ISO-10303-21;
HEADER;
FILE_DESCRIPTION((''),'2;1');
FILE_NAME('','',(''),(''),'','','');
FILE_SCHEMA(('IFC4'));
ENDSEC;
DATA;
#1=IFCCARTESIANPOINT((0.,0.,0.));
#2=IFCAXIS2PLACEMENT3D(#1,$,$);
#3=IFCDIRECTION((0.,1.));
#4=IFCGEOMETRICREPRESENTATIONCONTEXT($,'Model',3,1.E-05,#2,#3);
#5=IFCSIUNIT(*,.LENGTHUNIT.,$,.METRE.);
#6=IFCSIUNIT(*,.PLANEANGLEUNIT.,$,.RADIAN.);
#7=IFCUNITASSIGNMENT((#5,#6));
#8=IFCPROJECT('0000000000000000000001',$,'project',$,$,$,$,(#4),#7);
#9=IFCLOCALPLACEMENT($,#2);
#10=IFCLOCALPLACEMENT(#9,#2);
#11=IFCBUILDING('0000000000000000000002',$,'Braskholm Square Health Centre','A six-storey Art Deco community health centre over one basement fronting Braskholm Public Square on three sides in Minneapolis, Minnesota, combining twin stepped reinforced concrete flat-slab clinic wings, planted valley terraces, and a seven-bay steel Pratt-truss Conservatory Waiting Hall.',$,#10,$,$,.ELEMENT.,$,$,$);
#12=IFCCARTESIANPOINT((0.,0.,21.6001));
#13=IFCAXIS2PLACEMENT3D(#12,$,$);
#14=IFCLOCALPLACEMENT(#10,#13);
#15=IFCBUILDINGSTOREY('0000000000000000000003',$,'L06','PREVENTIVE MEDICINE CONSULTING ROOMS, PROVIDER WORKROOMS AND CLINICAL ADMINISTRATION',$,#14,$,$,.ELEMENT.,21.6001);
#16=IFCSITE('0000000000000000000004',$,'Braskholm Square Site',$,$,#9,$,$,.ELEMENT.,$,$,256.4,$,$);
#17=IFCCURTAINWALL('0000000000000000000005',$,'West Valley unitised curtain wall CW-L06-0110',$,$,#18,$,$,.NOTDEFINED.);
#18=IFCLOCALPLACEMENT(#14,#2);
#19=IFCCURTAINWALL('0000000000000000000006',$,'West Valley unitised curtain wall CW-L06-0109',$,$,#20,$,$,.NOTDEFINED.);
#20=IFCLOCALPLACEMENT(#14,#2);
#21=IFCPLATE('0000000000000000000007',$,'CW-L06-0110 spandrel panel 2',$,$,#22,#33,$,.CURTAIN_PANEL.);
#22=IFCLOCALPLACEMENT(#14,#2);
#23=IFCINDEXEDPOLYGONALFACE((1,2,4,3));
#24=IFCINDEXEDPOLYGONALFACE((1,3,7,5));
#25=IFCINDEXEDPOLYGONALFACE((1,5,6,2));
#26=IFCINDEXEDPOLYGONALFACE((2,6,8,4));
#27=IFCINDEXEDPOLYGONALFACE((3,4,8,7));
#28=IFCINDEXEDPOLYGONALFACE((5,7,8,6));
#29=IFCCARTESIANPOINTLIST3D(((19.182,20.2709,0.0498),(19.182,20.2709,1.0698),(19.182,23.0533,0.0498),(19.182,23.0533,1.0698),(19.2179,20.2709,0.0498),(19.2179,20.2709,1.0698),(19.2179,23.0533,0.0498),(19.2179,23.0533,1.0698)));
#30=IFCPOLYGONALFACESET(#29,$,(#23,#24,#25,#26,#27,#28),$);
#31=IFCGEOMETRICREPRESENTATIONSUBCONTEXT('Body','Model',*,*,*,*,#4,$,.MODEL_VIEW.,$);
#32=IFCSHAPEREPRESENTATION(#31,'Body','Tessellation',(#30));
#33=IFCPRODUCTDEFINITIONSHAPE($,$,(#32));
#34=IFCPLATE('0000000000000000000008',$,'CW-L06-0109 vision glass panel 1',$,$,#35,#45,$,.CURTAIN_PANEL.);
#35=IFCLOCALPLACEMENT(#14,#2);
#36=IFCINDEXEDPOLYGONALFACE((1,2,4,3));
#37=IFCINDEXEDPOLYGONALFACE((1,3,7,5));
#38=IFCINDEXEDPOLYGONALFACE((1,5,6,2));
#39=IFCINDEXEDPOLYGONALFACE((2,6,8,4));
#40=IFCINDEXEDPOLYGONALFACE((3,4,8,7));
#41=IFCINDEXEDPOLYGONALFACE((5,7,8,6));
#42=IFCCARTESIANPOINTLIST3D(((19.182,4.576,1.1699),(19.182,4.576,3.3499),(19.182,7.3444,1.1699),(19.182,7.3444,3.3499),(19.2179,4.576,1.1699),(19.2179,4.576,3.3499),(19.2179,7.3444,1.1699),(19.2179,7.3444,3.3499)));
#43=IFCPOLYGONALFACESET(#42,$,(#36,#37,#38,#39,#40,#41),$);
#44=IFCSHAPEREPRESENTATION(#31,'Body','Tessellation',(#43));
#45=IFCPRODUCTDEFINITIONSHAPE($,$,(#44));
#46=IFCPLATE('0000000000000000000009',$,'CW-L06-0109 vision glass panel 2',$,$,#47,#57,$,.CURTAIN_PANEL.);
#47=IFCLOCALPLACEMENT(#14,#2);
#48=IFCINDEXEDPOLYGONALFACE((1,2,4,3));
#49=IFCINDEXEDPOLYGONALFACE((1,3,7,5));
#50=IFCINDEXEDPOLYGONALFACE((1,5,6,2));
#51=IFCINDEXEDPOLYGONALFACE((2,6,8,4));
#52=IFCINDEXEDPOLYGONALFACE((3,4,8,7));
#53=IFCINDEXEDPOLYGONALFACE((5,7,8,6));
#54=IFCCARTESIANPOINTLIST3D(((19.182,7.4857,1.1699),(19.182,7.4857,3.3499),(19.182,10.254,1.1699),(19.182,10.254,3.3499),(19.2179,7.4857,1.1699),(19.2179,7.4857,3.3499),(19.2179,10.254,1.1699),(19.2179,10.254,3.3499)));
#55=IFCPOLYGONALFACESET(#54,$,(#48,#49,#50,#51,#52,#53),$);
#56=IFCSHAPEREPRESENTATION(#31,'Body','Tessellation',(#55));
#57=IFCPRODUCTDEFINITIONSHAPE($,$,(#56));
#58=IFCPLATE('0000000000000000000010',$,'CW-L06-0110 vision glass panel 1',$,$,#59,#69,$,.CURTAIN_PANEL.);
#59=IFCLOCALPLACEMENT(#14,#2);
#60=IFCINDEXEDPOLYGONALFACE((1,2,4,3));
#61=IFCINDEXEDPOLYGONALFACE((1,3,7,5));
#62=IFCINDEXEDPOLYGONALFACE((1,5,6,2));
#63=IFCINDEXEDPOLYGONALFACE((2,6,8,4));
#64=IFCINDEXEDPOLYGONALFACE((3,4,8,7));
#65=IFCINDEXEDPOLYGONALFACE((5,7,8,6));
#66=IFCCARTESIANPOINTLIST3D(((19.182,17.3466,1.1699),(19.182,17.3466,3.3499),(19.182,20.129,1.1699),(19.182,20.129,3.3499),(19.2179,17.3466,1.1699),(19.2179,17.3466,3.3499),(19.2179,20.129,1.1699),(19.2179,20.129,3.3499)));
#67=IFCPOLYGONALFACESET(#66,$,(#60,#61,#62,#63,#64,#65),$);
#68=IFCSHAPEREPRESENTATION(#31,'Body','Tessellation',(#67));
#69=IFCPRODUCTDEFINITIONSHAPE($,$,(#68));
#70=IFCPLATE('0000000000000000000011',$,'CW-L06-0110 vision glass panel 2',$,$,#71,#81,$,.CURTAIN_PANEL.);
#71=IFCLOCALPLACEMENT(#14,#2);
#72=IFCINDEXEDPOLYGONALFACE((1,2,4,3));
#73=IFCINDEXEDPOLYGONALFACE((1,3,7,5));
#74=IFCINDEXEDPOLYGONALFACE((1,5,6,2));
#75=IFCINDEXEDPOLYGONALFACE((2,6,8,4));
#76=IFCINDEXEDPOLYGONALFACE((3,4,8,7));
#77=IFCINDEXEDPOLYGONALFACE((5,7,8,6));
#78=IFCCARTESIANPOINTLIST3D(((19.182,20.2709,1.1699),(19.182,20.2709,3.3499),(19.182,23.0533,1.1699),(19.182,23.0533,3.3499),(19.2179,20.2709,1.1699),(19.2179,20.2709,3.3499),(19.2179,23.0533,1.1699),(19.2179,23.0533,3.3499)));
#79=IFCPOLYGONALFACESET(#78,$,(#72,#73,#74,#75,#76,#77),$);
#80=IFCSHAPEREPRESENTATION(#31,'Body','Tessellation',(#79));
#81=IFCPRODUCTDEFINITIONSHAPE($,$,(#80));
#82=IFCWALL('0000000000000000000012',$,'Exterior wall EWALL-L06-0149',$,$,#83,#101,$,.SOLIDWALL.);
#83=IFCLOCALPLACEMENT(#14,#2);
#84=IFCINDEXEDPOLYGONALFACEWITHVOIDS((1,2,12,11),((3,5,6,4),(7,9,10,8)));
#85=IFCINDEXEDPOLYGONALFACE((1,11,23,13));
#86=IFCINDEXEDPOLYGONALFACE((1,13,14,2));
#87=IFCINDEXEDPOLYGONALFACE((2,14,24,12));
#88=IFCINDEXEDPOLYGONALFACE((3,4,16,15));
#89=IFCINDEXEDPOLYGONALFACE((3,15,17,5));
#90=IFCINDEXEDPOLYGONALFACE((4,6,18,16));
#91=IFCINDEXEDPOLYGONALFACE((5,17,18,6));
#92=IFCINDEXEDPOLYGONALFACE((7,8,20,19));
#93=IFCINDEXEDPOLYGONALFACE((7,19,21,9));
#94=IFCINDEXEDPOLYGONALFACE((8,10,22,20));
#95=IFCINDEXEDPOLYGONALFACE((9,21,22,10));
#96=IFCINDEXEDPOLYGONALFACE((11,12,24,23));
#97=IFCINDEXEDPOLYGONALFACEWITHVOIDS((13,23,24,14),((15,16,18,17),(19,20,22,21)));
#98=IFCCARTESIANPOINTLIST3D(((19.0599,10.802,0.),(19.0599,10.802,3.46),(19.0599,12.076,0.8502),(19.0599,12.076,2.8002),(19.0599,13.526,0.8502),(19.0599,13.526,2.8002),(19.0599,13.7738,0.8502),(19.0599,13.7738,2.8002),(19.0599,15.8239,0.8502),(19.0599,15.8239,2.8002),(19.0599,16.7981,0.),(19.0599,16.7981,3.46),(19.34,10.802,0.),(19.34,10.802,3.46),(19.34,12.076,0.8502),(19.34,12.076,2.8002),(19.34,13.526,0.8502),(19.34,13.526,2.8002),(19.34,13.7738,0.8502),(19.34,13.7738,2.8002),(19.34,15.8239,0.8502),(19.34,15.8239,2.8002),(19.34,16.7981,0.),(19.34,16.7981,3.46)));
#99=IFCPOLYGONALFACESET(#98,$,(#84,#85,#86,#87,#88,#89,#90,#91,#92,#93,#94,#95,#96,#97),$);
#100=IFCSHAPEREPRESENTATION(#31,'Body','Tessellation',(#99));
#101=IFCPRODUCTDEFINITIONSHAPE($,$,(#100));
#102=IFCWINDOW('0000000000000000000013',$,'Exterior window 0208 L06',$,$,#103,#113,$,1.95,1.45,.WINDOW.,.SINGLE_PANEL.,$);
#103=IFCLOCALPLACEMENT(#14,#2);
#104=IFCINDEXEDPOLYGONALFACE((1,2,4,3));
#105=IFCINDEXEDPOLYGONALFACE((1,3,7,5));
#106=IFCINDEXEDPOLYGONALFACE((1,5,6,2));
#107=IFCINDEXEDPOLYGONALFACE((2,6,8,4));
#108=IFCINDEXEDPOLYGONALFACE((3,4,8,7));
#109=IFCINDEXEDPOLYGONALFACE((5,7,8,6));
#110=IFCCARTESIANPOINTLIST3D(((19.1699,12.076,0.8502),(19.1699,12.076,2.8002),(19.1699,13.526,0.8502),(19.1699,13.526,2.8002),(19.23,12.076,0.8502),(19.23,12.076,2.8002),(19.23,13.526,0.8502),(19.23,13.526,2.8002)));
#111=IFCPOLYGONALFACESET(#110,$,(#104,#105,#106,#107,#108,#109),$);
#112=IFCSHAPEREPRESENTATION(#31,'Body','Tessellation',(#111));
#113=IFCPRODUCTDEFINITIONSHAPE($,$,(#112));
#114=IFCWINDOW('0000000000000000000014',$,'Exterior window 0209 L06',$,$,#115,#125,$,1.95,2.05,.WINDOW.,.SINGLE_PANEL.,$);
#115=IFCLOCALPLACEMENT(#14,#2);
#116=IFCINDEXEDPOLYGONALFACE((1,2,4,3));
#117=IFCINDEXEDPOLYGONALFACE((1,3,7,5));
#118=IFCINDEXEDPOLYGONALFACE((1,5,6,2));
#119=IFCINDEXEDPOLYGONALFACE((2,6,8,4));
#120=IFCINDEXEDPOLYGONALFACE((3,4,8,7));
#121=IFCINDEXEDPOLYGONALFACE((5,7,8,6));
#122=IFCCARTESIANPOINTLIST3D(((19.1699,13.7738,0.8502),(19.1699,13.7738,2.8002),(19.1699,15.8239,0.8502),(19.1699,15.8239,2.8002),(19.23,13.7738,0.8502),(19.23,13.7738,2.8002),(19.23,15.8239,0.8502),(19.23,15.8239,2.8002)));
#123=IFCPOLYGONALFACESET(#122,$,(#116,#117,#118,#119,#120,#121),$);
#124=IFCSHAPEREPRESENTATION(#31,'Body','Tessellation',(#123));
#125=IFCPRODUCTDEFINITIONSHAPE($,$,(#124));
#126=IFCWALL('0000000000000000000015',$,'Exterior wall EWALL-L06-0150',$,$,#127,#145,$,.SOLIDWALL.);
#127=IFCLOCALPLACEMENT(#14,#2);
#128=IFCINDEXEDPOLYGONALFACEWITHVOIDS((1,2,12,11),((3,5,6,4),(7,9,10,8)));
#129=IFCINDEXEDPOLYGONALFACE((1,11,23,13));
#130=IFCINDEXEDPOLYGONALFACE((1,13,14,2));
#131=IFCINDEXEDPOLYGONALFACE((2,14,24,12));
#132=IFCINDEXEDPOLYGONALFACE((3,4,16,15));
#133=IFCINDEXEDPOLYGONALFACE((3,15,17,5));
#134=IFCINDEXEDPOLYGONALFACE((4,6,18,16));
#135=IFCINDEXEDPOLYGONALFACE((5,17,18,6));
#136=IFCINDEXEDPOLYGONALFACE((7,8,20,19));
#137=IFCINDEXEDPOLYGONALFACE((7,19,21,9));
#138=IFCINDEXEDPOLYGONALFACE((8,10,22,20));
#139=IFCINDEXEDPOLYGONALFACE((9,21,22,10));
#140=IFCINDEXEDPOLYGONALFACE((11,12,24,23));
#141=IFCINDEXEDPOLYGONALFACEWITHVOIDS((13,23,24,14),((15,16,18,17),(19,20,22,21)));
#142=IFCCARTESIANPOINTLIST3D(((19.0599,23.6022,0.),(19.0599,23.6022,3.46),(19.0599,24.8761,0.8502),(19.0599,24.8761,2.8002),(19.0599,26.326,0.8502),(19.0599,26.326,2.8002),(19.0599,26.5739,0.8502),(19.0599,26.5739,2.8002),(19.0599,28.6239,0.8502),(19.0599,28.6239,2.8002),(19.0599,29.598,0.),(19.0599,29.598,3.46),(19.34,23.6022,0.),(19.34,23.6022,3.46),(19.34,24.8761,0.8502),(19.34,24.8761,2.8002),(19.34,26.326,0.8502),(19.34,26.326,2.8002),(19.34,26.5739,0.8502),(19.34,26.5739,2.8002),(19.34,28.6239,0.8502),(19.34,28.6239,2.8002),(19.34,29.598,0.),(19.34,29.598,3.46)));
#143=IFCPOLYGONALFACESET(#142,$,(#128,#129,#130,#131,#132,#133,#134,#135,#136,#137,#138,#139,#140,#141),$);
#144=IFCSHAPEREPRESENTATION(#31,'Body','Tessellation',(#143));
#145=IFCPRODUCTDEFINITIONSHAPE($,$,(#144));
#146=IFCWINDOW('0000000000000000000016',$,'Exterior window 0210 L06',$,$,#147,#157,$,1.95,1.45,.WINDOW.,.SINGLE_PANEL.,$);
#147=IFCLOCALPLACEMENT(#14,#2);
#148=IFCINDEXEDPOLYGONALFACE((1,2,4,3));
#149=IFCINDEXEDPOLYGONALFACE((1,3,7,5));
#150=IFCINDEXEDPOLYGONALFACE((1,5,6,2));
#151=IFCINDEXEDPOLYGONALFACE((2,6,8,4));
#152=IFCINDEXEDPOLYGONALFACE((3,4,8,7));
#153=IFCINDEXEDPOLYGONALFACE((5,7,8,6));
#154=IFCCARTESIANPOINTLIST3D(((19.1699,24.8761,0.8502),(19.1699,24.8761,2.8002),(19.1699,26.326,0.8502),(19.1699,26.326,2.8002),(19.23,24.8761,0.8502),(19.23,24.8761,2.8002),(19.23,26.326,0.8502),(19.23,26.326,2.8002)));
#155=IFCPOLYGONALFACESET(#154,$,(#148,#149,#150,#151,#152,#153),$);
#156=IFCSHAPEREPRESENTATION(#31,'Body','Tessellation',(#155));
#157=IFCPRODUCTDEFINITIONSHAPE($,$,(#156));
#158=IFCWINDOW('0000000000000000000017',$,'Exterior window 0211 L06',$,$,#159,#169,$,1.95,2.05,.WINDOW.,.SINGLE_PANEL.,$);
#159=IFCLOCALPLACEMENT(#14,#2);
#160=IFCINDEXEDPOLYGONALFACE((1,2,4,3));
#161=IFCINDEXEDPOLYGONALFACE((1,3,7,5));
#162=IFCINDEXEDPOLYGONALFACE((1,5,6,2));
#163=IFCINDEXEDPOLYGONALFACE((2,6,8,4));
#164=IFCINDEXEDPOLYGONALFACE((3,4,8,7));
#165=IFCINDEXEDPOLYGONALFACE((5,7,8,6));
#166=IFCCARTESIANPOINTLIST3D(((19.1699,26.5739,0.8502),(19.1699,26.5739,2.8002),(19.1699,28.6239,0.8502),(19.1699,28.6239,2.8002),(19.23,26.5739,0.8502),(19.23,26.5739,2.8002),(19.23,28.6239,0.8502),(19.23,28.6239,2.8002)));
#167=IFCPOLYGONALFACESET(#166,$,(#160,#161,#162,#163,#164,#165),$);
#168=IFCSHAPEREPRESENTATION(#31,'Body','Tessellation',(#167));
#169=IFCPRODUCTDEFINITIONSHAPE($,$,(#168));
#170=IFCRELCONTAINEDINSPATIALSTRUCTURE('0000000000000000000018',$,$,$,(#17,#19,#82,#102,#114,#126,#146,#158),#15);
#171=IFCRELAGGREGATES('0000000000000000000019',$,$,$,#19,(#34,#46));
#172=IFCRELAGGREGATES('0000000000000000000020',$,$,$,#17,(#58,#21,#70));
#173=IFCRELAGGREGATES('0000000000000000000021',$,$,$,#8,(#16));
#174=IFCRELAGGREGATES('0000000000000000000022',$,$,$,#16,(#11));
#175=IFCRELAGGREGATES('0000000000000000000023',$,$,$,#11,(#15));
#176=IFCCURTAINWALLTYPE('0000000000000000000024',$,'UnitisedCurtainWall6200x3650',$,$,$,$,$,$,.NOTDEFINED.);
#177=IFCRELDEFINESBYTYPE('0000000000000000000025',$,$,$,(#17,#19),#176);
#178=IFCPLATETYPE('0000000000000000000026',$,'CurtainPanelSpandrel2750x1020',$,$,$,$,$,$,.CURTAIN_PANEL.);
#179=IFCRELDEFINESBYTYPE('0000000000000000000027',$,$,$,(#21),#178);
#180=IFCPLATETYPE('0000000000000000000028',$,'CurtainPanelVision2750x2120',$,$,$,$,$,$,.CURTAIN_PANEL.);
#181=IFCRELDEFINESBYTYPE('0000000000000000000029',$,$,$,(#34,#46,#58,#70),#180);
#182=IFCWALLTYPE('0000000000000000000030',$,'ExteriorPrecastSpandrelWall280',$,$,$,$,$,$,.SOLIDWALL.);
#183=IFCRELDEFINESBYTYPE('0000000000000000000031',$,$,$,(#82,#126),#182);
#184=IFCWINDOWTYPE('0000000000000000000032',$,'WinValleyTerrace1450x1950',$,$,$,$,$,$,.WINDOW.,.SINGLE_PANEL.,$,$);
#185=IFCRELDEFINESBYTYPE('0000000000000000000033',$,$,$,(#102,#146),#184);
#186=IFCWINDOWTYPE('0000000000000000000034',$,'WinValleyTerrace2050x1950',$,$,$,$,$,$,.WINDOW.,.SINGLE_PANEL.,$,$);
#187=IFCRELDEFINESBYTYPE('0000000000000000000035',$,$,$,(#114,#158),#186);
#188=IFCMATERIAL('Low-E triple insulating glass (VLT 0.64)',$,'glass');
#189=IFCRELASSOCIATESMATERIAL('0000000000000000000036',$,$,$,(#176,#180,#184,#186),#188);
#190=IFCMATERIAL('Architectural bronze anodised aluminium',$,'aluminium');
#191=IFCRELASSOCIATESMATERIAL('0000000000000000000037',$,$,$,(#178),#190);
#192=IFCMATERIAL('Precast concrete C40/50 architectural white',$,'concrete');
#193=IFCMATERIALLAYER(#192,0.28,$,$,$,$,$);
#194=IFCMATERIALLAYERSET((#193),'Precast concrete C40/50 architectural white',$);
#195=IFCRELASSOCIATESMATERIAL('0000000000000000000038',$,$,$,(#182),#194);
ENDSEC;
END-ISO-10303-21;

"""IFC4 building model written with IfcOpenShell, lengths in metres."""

from ifc_helpers import new_model, si_unit, direction, frame, frame_2d, origin, origin_with_axes, origin_2d, place, context, subcontext, project, spatial, rectangle, extrude, material, layer, layer_set, type_object, element, fill, aggregate, save


model = new_model("IFC4")

# Units and contexts
model_context = context("Model", 3, precision=1e-05, world=origin(), true_north=direction((0.0, 1.0)))
body_context = subcontext(model_context, "Body", "Model", "MODEL_VIEW")
ifc_project = project(units=[si_unit("LENGTHUNIT", "METRE"), si_unit("PLANEANGLEUNIT", "RADIAN")], contexts=[model_context])

# Site, building, storey
site_placement = place(None, origin())
site = spatial("IfcSite", under=ifc_project, at=site_placement, Name="Braskholm Square Site", CompositionType="ELEMENT", RefElevation=256.4)
building_placement = place(site_placement, origin())
building = spatial("IfcBuilding", under=site, at=building_placement, Name="Braskholm Square Health Centre", Description="A six-storey Art Deco community health centre over one basement fronting Braskholm Public Square on three sides in Minneapolis, Minnesota, combining twin stepped reinforced concrete flat-slab clinic wings, planted valley terraces, and a seven-bay steel Pratt-truss Conservatory Waiting Hall.", CompositionType="ELEMENT")
storey_placement = place(building_placement, frame((0.0, 0.0, 21.6001)))
storey = spatial("IfcBuildingStorey", under=building, at=storey_placement, Name="L06", Description="PREVENTIVE MEDICINE CONSULTING ROOMS, PROVIDER WORKROOMS AND CLINICAL ADMINISTRATION", CompositionType="ELEMENT", Elevation=21.6001)

# Curtain walls
ifc_material_1 = material(Name="Low-E triple insulating glass (VLT 0.64)", Category="glass")
curtain_wall_type = type_object("IfcCurtainWallType", Name="UnitisedCurtainWall6200x3650", PredefinedType="NOTDEFINED", material=ifc_material_1)
curtain_wall_1_placement = place(storey_placement, origin())
curtain_wall_1 = element("IfcCurtainWall", 1, at=curtain_wall_1_placement, inside=storey, type_object=curtain_wall_type, Name="West Valley unitised curtain wall CW-L06-0110", PredefinedType="NOTDEFINED")
ifc_material_2 = material(Name="Architectural bronze anodised aluminium", Category="aluminium")
curtain_wall_2_placement = place(storey_placement, origin())
curtain_wall_2 = element("IfcCurtainWall", 2, at=curtain_wall_2_placement, inside=storey, type_object=curtain_wall_type, Name="West Valley unitised curtain wall CW-L06-0109", PredefinedType="NOTDEFINED")

# Plates
plate_type_1 = type_object("IfcPlateType", Name="CurtainPanelSpandrel2750x1020", PredefinedType="CURTAIN_PANEL", material=ifc_material_2)
plate_1_placement = place(storey_placement, frame((19.2, 21.6621, 0.0498), z_axis=(0.0, 0.0, 1.0), x_axis=(0.0, 1.0, 0.0)))
plate_1 = element("IfcPlate", 3, at=plate_1_placement, type_object=plate_type_1, Name="CW-L06-0110 spandrel panel 2", PredefinedType="CURTAIN_PANEL", context=body_context, shape_type="SweptSolid", body=[
    extrude(rectangle(XDim=2.7825, YDim=0.0359, at=origin_2d()), origin(), (0.0, 0.0, 1.0), 1.02),
])
plate_type_2 = type_object("IfcPlateType", Name="CurtainPanelVision2750x2120", PredefinedType="CURTAIN_PANEL", material=ifc_material_1)
plate_2_placement = place(storey_placement, frame((19.2, 5.9602, 1.1699), z_axis=(0.0, 0.0, 1.0), x_axis=(0.0, 1.0, 0.0)))
plate_2 = element("IfcPlate", 4, at=plate_2_placement, type_object=plate_type_2, Name="CW-L06-0109 vision glass panel 1", PredefinedType="CURTAIN_PANEL", context=body_context, shape_type="SweptSolid", body=[
    extrude(rectangle(XDim=2.7683, YDim=0.0359, at=origin_2d()), origin(), (0.0, 0.0, 1.0), 2.1799),
])
plate_3_placement = place(storey_placement, frame((19.2, 8.8699, 1.1699), z_axis=(0.0, 0.0, 1.0), x_axis=(0.0, 1.0, 0.0)))
plate_3 = element("IfcPlate", 5, at=plate_3_placement, type_object=plate_type_2, Name="CW-L06-0109 vision glass panel 2", PredefinedType="CURTAIN_PANEL", context=body_context, shape_type="SweptSolid", body=[
    extrude(rectangle(XDim=2.7683, YDim=0.0359, at=origin_2d()), origin(), (0.0, 0.0, 1.0), 2.1799),
])
aggregate(curtain_wall_2, [plate_2, plate_3])
plate_4_placement = place(storey_placement, frame((19.2, 18.7378, 1.1699), z_axis=(0.0, 0.0, 1.0), x_axis=(0.0, 1.0, 0.0)))
plate_4 = element("IfcPlate", 6, at=plate_4_placement, type_object=plate_type_2, Name="CW-L06-0110 vision glass panel 1", PredefinedType="CURTAIN_PANEL", context=body_context, shape_type="SweptSolid", body=[
    extrude(rectangle(XDim=2.7825, YDim=0.0359, at=origin_2d()), origin(), (0.0, 0.0, 1.0), 2.1799),
])
plate_5_placement = place(storey_placement, frame((19.2, 21.6621, 1.1699), z_axis=(0.0, 0.0, 1.0), x_axis=(0.0, 1.0, 0.0)))
plate_5 = element("IfcPlate", 7, at=plate_5_placement, type_object=plate_type_2, Name="CW-L06-0110 vision glass panel 2", PredefinedType="CURTAIN_PANEL", context=body_context, shape_type="SweptSolid", body=[
    extrude(rectangle(XDim=2.7825, YDim=0.0359, at=origin_2d()), origin(), (0.0, 0.0, 1.0), 2.1799),
])
aggregate(curtain_wall_1, [plate_4, plate_1, plate_5])

# Walls, openings, windows
ifc_material_3 = material(Name="Precast concrete C40/50 architectural white", Category="concrete")
ifc_layer_1 = layer(ifc_material_3, 0.28)
ifc_layer_set_1 = layer_set([ifc_layer_1], Name="Precast concrete C40/50 architectural white")
wall_type = type_object("IfcWallType", Name="ExteriorPrecastSpandrelWall280", PredefinedType="SOLIDWALL", material=ifc_layer_set_1)
wall_1_placement = place(storey_placement, frame((19.2, 10.802, 0.0), z_axis=(0.0, 0.0, 1.0), x_axis=(0.0, 1.0, 0.0)))
wall_1 = element("IfcWall", 8, at=wall_1_placement, inside=storey, type_object=wall_type, Name="Exterior wall EWALL-L06-0149", PredefinedType="SOLIDWALL", context=body_context, shape_type="SweptSolid", body=[
    extrude(rectangle(XDim=5.9961, YDim=0.28, at=frame_2d((2.998, 0.0))), origin(), (0.0, 0.0, 1.0), 3.46),
])
opening_1_placement = place(wall_1_placement, frame((1.2739, 0.0, 0.8501)))
opening_1 = element("IfcOpeningElement", 9, at=opening_1_placement, cuts=wall_1, PredefinedType="OPENING", context=body_context, shape_type="SweptSolid", body=[
    extrude(rectangle(XDim=1.45, YDim=1.95, at=frame_2d((0.7251, 0.9751))), frame((0.0, 0.1499, 0.0), z_axis=(0.0, -1.0, 0.0), x_axis=(1.0, 0.0, 0.0)), (0.0, 0.0, 1.0), 0.3),
])
opening_2_placement = place(wall_1_placement, frame((2.9719, 0.0, 0.8501)))
opening_2 = element("IfcOpeningElement", 10, at=opening_2_placement, cuts=wall_1, PredefinedType="OPENING", context=body_context, shape_type="SweptSolid", body=[
    extrude(rectangle(XDim=2.05, YDim=1.95, at=frame_2d((1.0249, 0.9751))), frame((0.0, 0.1499, 0.0), z_axis=(0.0, -1.0, 0.0), x_axis=(1.0, 0.0, 0.0)), (0.0, 0.0, 1.0), 0.3),
])
window_type_1 = type_object("IfcWindowType", Name="WinValleyTerrace1450x1950", PartitioningType="SINGLE_PANEL", PredefinedType="WINDOW", material=ifc_material_1)
window_1_placement = place(opening_1_placement, origin_with_axes())
window_1 = element("IfcWindow", 11, at=window_1_placement, inside=storey, type_object=window_type_1, Name="Exterior window 0208 L06", OverallHeight=1.95, OverallWidth=1.45, PartitioningType="SINGLE_PANEL", PredefinedType="WINDOW", context=body_context, shape_type="SweptSolid", body=[
    extrude(rectangle(XDim=1.45, YDim=1.95, at=frame_2d((0.7251, 0.9751))), frame((0.0, 0.03, 0.0), z_axis=(0.0, -1.0, 0.0), x_axis=(1.0, 0.0, 0.0)), (0.0, 0.0, 1.0), 0.0601),
])
fill(opening_1, window_1)
window_type_2 = type_object("IfcWindowType", Name="WinValleyTerrace2050x1950", PartitioningType="SINGLE_PANEL", PredefinedType="WINDOW", material=ifc_material_1)
window_2_placement = place(opening_2_placement, origin_with_axes())
window_2 = element("IfcWindow", 12, at=window_2_placement, inside=storey, type_object=window_type_2, Name="Exterior window 0209 L06", OverallHeight=1.95, OverallWidth=2.05, PartitioningType="SINGLE_PANEL", PredefinedType="WINDOW", context=body_context, shape_type="SweptSolid", body=[
    extrude(rectangle(XDim=2.05, YDim=1.95, at=frame_2d((1.0249, 0.9751))), frame((0.0, 0.03, 0.0), z_axis=(0.0, -1.0, 0.0), x_axis=(1.0, 0.0, 0.0)), (0.0, 0.0, 1.0), 0.0601),
])
fill(opening_2, window_2)
wall_2_placement = place(storey_placement, frame((19.2, 23.6021, 0.0), z_axis=(0.0, 0.0, 1.0), x_axis=(0.0, 1.0, 0.0)))
wall_2 = element("IfcWall", 13, at=wall_2_placement, inside=storey, type_object=wall_type, Name="Exterior wall EWALL-L06-0150", PredefinedType="SOLIDWALL", context=body_context, shape_type="SweptSolid", body=[
    extrude(rectangle(XDim=5.9958, YDim=0.28, at=frame_2d((2.998, 0.0))), origin(), (0.0, 0.0, 1.0), 3.46),
])
opening_3_placement = place(wall_2_placement, frame((1.2739, 0.0, 0.8501)))
opening_3 = element("IfcOpeningElement", 14, at=opening_3_placement, cuts=wall_2, PredefinedType="OPENING", context=body_context, shape_type="SweptSolid", body=[
    extrude(rectangle(XDim=1.45, YDim=1.95, at=frame_2d((0.7251, 0.9751))), frame((0.0, 0.1499, 0.0), z_axis=(0.0, -1.0, 0.0), x_axis=(1.0, 0.0, 0.0)), (0.0, 0.0, 1.0), 0.3),
])
opening_4_placement = place(wall_2_placement, frame((2.9719, 0.0, 0.8501)))
opening_4 = element("IfcOpeningElement", 15, at=opening_4_placement, cuts=wall_2, PredefinedType="OPENING", context=body_context, shape_type="SweptSolid", body=[
    extrude(rectangle(XDim=2.05, YDim=1.95, at=frame_2d((1.0249, 0.9751))), frame((0.0, 0.1499, 0.0), z_axis=(0.0, -1.0, 0.0), x_axis=(1.0, 0.0, 0.0)), (0.0, 0.0, 1.0), 0.3),
])
window_3_placement = place(opening_3_placement, origin_with_axes())
window_3 = element("IfcWindow", 16, at=window_3_placement, inside=storey, type_object=window_type_1, Name="Exterior window 0210 L06", OverallHeight=1.95, OverallWidth=1.45, PartitioningType="SINGLE_PANEL", PredefinedType="WINDOW", context=body_context, shape_type="SweptSolid", body=[
    extrude(rectangle(XDim=1.45, YDim=1.95, at=frame_2d((0.7251, 0.9751))), frame((0.0, 0.03, 0.0), z_axis=(0.0, -1.0, 0.0), x_axis=(1.0, 0.0, 0.0)), (0.0, 0.0, 1.0), 0.0601),
])
fill(opening_3, window_3)
window_4_placement = place(opening_4_placement, origin_with_axes())
window_4 = element("IfcWindow", 17, at=window_4_placement, inside=storey, type_object=window_type_2, Name="Exterior window 0211 L06", OverallHeight=1.95, OverallWidth=2.05, PartitioningType="SINGLE_PANEL", PredefinedType="WINDOW", context=body_context, shape_type="SweptSolid", body=[
    extrude(rectangle(XDim=2.05, YDim=1.95, at=frame_2d((1.0249, 0.9751))), frame((0.0, 0.03, 0.0), z_axis=(0.0, -1.0, 0.0), x_axis=(1.0, 0.0, 0.0)), (0.0, 0.0, 1.0), 0.0601),
])
fill(opening_4, window_4)

save(model, "model.ifc")
